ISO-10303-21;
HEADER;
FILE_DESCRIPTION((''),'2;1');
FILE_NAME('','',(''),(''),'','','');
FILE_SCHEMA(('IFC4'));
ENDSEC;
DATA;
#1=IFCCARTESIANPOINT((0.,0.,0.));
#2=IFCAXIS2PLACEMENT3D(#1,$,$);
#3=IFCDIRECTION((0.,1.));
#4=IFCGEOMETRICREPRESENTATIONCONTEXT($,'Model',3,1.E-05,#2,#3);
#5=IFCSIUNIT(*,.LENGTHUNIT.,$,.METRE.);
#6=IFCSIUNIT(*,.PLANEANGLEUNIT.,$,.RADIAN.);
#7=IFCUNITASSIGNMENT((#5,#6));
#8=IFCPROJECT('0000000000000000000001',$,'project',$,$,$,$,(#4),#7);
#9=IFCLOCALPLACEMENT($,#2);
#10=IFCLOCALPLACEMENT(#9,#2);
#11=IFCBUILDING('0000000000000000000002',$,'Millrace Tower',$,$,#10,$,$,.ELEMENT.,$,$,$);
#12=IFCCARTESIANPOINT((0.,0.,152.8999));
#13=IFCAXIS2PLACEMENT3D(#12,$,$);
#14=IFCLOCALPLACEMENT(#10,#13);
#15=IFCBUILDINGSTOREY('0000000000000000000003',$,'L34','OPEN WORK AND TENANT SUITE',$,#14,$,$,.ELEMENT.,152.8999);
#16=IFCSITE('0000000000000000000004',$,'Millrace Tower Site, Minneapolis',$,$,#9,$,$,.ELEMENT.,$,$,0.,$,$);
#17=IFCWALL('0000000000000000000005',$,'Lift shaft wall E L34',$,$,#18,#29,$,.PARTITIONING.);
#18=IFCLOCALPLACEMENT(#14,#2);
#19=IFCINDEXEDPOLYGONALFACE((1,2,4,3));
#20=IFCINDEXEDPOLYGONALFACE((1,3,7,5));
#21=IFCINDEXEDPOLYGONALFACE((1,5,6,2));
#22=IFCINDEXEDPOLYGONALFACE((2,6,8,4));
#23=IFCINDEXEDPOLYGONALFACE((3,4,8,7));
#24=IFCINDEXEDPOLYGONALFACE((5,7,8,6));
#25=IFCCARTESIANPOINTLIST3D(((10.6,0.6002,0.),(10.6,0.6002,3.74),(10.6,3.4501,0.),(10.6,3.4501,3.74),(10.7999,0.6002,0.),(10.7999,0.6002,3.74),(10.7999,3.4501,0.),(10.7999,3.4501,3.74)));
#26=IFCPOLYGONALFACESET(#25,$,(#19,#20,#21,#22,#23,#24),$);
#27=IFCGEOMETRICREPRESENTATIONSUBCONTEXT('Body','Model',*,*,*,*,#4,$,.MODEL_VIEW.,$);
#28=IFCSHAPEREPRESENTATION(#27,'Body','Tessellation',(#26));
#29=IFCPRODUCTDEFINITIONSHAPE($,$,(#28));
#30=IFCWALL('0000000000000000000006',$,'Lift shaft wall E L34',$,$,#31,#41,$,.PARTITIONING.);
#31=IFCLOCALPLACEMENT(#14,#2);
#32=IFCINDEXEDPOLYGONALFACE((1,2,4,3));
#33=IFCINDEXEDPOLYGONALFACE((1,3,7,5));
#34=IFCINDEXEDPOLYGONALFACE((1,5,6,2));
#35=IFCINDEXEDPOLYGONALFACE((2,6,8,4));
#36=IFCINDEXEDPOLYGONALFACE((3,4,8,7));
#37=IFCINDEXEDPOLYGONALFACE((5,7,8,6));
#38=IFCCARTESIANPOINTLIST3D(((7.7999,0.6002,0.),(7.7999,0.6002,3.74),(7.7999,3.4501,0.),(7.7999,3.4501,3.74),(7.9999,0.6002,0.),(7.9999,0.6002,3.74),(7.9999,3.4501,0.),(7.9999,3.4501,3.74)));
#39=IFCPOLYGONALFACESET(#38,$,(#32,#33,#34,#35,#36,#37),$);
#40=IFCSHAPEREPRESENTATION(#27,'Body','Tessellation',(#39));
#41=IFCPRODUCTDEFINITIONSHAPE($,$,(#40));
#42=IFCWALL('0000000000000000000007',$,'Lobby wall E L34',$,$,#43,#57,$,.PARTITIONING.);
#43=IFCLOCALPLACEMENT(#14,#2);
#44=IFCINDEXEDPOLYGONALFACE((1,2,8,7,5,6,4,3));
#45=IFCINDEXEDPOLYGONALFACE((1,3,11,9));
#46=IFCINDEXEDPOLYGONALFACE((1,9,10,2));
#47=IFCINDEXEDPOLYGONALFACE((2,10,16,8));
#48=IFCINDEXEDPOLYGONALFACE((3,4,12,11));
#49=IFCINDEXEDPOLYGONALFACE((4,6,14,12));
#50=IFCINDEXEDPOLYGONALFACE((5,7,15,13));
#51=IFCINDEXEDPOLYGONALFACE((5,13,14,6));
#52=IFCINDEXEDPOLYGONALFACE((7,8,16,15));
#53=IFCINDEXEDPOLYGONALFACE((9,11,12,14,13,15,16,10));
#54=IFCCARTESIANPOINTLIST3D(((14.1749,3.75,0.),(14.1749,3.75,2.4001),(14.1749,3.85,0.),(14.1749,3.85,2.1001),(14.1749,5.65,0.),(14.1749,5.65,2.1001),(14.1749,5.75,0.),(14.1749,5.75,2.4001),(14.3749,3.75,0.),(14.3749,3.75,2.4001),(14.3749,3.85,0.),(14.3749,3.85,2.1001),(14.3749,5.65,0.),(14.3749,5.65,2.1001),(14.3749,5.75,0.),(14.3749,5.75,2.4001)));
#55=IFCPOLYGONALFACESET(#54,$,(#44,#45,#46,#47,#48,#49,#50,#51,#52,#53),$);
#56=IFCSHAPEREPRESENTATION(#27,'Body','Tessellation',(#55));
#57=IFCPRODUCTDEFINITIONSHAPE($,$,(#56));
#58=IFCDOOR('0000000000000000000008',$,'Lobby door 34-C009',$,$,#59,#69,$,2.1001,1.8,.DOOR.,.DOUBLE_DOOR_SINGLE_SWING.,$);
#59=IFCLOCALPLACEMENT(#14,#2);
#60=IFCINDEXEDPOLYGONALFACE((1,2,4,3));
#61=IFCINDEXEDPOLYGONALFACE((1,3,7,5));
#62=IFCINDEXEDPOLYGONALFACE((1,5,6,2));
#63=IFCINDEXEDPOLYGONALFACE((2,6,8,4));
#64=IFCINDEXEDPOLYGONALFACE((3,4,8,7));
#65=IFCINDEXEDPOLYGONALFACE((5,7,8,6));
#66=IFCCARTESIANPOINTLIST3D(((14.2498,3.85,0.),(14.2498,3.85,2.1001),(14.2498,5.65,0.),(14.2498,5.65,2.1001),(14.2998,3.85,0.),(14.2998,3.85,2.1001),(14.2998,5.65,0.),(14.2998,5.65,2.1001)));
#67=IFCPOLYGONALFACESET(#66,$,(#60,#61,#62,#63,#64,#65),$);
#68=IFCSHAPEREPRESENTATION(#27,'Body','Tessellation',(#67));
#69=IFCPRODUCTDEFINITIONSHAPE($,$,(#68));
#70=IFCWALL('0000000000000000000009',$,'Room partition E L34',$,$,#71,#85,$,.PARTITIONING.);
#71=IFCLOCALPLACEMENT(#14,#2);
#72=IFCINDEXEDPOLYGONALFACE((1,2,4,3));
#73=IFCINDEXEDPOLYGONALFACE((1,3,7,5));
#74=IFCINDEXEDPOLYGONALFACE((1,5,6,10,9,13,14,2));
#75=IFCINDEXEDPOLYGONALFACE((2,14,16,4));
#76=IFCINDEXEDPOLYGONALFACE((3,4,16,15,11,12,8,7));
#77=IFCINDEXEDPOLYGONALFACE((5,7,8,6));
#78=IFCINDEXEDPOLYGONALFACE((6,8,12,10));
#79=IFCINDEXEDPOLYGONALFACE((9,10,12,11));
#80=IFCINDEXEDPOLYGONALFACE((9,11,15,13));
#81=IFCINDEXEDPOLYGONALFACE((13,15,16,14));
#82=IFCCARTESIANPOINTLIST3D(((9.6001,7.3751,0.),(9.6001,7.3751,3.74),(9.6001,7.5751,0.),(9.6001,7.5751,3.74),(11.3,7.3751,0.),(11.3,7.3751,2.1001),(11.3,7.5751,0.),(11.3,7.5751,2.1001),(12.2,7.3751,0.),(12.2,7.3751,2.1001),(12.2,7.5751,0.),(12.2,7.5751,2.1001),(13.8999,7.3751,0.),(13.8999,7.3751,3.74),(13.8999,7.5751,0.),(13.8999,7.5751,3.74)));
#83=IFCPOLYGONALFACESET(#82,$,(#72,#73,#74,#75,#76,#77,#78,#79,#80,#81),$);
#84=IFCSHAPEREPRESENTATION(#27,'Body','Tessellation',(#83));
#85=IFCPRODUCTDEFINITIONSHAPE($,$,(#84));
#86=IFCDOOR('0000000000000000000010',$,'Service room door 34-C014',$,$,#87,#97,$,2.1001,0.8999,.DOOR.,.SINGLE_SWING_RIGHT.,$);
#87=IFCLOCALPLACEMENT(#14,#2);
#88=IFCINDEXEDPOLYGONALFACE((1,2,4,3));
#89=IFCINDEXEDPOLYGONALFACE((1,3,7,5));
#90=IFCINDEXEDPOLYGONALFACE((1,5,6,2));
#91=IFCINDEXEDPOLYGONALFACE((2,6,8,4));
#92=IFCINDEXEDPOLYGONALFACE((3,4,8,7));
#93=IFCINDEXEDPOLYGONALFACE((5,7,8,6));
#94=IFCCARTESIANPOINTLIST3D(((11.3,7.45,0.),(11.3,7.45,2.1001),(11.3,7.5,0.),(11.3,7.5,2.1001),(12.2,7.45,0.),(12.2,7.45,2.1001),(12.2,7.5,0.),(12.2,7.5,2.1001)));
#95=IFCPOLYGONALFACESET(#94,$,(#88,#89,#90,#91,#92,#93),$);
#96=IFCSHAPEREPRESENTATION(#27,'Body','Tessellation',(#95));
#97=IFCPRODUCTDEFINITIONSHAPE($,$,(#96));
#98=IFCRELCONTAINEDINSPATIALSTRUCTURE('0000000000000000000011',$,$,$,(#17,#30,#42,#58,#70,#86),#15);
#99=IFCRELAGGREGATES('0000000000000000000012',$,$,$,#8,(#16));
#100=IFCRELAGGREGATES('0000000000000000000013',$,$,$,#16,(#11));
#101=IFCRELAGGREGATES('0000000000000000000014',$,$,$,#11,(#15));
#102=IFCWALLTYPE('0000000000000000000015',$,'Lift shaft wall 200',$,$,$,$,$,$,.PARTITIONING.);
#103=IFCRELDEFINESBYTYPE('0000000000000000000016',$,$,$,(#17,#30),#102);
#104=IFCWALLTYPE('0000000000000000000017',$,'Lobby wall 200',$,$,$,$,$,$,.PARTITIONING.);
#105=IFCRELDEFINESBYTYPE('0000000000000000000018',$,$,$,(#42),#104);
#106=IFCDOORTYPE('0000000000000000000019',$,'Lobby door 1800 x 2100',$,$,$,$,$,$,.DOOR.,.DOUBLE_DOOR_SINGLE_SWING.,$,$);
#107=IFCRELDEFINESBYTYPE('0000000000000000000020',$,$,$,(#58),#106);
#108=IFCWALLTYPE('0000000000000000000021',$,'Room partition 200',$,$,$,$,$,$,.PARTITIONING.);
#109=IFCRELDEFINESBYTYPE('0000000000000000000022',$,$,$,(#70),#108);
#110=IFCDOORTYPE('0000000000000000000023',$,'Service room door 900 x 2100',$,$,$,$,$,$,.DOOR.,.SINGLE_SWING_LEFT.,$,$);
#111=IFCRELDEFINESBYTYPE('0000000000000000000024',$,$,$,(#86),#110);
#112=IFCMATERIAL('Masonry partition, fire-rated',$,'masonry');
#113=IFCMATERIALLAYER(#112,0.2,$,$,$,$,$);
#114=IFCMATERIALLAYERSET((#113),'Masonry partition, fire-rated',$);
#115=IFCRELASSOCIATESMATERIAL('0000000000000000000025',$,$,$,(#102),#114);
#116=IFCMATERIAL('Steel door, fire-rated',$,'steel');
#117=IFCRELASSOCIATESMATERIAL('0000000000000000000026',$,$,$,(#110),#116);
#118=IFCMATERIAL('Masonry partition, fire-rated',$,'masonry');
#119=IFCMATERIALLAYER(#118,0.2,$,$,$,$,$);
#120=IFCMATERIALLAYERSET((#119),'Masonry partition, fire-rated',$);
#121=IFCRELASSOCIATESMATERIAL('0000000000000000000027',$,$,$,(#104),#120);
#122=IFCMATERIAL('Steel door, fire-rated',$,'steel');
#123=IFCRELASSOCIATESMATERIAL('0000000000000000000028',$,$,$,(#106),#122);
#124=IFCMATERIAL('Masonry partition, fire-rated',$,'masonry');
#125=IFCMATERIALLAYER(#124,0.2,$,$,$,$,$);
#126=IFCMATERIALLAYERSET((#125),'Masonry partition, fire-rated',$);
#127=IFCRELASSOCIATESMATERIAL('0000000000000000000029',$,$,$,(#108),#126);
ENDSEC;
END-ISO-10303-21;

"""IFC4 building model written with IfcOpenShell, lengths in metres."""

from ifc_helpers import new_model, si_unit, direction, frame, frame_2d, origin, place, context, subcontext, project, spatial, rectangle, extrude, material, layer, layer_set, type_object, element, fill, save


model = new_model("IFC4")

# Units and contexts
model_context = context("Model", 3, precision=1e-05, world=origin(), true_north=direction((0.0, 1.0)))
body_context = subcontext(model_context, "Body", "Model", "MODEL_VIEW")
ifc_project = project(units=[si_unit("LENGTHUNIT", "METRE"), si_unit("PLANEANGLEUNIT", "RADIAN")], contexts=[model_context])

# Site, building, storey
site_placement = place(None, origin())
site = spatial("IfcSite", under=ifc_project, at=site_placement, Name="Millrace Tower Site, Minneapolis", CompositionType="ELEMENT", RefElevation=0.0)
building_placement = place(site_placement, origin())
building = spatial("IfcBuilding", under=site, at=building_placement, Name="Millrace Tower", CompositionType="ELEMENT")
storey_placement = place(building_placement, frame((0.0, 0.0, 152.8999)))
storey = spatial("IfcBuildingStorey", under=building, at=storey_placement, Name="L34", Description="OPEN WORK AND TENANT SUITE", CompositionType="ELEMENT", Elevation=152.8999)

# Shared definitions
ifc_material_1 = material(Name="Masonry partition, fire-rated", Category="masonry")
ifc_layer_1 = layer(ifc_material_1, 0.2)
ifc_layer_set_1 = layer_set([ifc_layer_1], Name="Masonry partition, fire-rated")
wall_type_1 = type_object("IfcWallType", Name="Lift shaft wall 200", PredefinedType="PARTITIONING", material=ifc_layer_set_1)
ifc_material_2 = material(Name="Steel door, fire-rated", Category="steel")
door_type_1 = type_object("IfcDoorType", Name="Service room door 900 x 2100", OperationType="SINGLE_SWING_LEFT", PredefinedType="DOOR", material=ifc_material_2)

# Walls
for number, where, z_axis, x_axis, name in (
    (1, (10.7, 3.45, 0.0), (0.0, 0.0, 1.0), (0.0, -1.0, 0.0), "Lift shaft wall E L34"),
    (2, (7.8999, 3.45, 0.0), (0.0, 0.0, 1.0), (0.0, -1.0, 0.0), "Lift shaft wall E L34"),
):
    element("IfcWall", number, at=place(storey_placement, frame(where, z_axis=z_axis, x_axis=x_axis)), inside=storey, type_object=wall_type_1, Name=name, PredefinedType="PARTITIONING", context=body_context, shape_type="SweptSolid", body=[
        extrude(rectangle(XDim=2.8499, YDim=0.2, at=frame_2d((1.4248, 0.0))), origin(), (0.0, 0.0, 1.0), 3.74),
    ])

# Walls, openings, doors
ifc_material_3 = material(Name="Masonry partition, fire-rated", Category="masonry")
ifc_layer_2 = layer(ifc_material_3, 0.2)
ifc_layer_set_2 = layer_set([ifc_layer_2], Name="Masonry partition, fire-rated")
wall_type_2 = type_object("IfcWallType", Name="Lobby wall 200", PredefinedType="PARTITIONING", material=ifc_layer_set_2)
wall_1_placement = place(storey_placement, frame((14.2749, 5.75, 0.0), z_axis=(0.0, 0.0, 1.0), x_axis=(0.0, -1.0, 0.0)))
wall_1 = element("IfcWall", 3, at=wall_1_placement, inside=storey, type_object=wall_type_2, Name="Lobby wall E L34", PredefinedType="PARTITIONING", context=body_context, shape_type="SweptSolid", body=[
    extrude(rectangle(XDim=2.0, YDim=0.2, at=frame_2d((1.0, 0.0))), origin(), (0.0, 0.0, 1.0), 2.4001),
])
opening_1_placement = place(wall_1_placement, frame((0.1001, 0.0, 0.0)))
opening_1 = element("IfcOpeningElement", 4, at=opening_1_placement, cuts=wall_1, PredefinedType="OPENING", context=body_context, shape_type="SweptSolid", body=[
    extrude(rectangle(XDim=1.8, YDim=2.1001, at=frame_2d((0.8999, 1.05))), frame((0.0, 0.1099, 0.0), z_axis=(0.0, -1.0, 0.0), x_axis=(1.0, 0.0, 0.0)), (0.0, 0.0, 1.0), 0.22),
])
ifc_material_4 = material(Name="Steel door, fire-rated", Category="steel")
door_type_2 = type_object("IfcDoorType", Name="Lobby door 1800 x 2100", OperationType="DOUBLE_DOOR_SINGLE_SWING", PredefinedType="DOOR", material=ifc_material_4)
door_1_placement = place(opening_1_placement, origin())
door_1 = element("IfcDoor", 5, at=door_1_placement, inside=storey, type_object=door_type_2, Name="Lobby door 34-C009", OperationType="DOUBLE_DOOR_SINGLE_SWING", OverallHeight=2.1001, OverallWidth=1.8, PredefinedType="DOOR", context=body_context, shape_type="SweptSolid", body=[
    extrude(rectangle(XDim=1.8, YDim=2.1001, at=frame_2d((0.8999, 1.05))), frame((0.0, 0.0249, 0.0), z_axis=(0.0, -1.0, 0.0), x_axis=(1.0, 0.0, 0.0)), (0.0, 0.0, 1.0), 0.05),
])
fill(opening_1, door_1)
ifc_material_5 = material(Name="Masonry partition, fire-rated", Category="masonry")
ifc_layer_3 = layer(ifc_material_5, 0.2)
ifc_layer_set_3 = layer_set([ifc_layer_3], Name="Masonry partition, fire-rated")
wall_type_3 = type_object("IfcWallType", Name="Room partition 200", PredefinedType="PARTITIONING", material=ifc_layer_set_3)
wall_2_placement = place(storey_placement, frame((13.8999, 7.4751, 0.0), z_axis=(0.0, 0.0, 1.0), x_axis=(-1.0, 0.0, 0.0)))
wall_2 = element("IfcWall", 6, at=wall_2_placement, inside=storey, type_object=wall_type_3, Name="Room partition E L34", PredefinedType="PARTITIONING", context=body_context, shape_type="SweptSolid", body=[
    extrude(rectangle(XDim=4.2998, YDim=0.2, at=frame_2d((2.1499, 0.0))), origin(), (0.0, 0.0, 1.0), 3.74),
])
opening_2_placement = place(wall_2_placement, frame((1.7, 0.0, 0.0)))
opening_2 = element("IfcOpeningElement", 7, at=opening_2_placement, cuts=wall_2, PredefinedType="OPENING", context=body_context, shape_type="SweptSolid", body=[
    extrude(rectangle(XDim=0.8999, YDim=2.1001, at=frame_2d((0.45, 1.05))), frame((0.0, 0.1099, 0.0), z_axis=(0.0, -1.0, 0.0), x_axis=(1.0, 0.0, 0.0)), (0.0, 0.0, 1.0), 0.22),
])
door_2_placement = place(opening_2_placement, frame((0.8999, 0.0, 0.0), z_axis=(0.0, 0.0, 1.0), x_axis=(-1.0, 0.0, 0.0)))
door_2 = element("IfcDoor", 8, at=door_2_placement, inside=storey, type_object=door_type_1, Name="Service room door 34-C014", OperationType="SINGLE_SWING_RIGHT", OverallHeight=2.1001, OverallWidth=0.8999, PredefinedType="DOOR", context=body_context, shape_type="SweptSolid", body=[
    extrude(rectangle(XDim=0.8999, YDim=2.1001, at=frame_2d((0.45, 1.05))), frame((0.0, 0.0249, 0.0), z_axis=(0.0, -1.0, 0.0), x_axis=(1.0, 0.0, 0.0)), (0.0, 0.0, 1.0), 0.05),
])
fill(opening_2, door_2)

save(model, "model.ifc")
